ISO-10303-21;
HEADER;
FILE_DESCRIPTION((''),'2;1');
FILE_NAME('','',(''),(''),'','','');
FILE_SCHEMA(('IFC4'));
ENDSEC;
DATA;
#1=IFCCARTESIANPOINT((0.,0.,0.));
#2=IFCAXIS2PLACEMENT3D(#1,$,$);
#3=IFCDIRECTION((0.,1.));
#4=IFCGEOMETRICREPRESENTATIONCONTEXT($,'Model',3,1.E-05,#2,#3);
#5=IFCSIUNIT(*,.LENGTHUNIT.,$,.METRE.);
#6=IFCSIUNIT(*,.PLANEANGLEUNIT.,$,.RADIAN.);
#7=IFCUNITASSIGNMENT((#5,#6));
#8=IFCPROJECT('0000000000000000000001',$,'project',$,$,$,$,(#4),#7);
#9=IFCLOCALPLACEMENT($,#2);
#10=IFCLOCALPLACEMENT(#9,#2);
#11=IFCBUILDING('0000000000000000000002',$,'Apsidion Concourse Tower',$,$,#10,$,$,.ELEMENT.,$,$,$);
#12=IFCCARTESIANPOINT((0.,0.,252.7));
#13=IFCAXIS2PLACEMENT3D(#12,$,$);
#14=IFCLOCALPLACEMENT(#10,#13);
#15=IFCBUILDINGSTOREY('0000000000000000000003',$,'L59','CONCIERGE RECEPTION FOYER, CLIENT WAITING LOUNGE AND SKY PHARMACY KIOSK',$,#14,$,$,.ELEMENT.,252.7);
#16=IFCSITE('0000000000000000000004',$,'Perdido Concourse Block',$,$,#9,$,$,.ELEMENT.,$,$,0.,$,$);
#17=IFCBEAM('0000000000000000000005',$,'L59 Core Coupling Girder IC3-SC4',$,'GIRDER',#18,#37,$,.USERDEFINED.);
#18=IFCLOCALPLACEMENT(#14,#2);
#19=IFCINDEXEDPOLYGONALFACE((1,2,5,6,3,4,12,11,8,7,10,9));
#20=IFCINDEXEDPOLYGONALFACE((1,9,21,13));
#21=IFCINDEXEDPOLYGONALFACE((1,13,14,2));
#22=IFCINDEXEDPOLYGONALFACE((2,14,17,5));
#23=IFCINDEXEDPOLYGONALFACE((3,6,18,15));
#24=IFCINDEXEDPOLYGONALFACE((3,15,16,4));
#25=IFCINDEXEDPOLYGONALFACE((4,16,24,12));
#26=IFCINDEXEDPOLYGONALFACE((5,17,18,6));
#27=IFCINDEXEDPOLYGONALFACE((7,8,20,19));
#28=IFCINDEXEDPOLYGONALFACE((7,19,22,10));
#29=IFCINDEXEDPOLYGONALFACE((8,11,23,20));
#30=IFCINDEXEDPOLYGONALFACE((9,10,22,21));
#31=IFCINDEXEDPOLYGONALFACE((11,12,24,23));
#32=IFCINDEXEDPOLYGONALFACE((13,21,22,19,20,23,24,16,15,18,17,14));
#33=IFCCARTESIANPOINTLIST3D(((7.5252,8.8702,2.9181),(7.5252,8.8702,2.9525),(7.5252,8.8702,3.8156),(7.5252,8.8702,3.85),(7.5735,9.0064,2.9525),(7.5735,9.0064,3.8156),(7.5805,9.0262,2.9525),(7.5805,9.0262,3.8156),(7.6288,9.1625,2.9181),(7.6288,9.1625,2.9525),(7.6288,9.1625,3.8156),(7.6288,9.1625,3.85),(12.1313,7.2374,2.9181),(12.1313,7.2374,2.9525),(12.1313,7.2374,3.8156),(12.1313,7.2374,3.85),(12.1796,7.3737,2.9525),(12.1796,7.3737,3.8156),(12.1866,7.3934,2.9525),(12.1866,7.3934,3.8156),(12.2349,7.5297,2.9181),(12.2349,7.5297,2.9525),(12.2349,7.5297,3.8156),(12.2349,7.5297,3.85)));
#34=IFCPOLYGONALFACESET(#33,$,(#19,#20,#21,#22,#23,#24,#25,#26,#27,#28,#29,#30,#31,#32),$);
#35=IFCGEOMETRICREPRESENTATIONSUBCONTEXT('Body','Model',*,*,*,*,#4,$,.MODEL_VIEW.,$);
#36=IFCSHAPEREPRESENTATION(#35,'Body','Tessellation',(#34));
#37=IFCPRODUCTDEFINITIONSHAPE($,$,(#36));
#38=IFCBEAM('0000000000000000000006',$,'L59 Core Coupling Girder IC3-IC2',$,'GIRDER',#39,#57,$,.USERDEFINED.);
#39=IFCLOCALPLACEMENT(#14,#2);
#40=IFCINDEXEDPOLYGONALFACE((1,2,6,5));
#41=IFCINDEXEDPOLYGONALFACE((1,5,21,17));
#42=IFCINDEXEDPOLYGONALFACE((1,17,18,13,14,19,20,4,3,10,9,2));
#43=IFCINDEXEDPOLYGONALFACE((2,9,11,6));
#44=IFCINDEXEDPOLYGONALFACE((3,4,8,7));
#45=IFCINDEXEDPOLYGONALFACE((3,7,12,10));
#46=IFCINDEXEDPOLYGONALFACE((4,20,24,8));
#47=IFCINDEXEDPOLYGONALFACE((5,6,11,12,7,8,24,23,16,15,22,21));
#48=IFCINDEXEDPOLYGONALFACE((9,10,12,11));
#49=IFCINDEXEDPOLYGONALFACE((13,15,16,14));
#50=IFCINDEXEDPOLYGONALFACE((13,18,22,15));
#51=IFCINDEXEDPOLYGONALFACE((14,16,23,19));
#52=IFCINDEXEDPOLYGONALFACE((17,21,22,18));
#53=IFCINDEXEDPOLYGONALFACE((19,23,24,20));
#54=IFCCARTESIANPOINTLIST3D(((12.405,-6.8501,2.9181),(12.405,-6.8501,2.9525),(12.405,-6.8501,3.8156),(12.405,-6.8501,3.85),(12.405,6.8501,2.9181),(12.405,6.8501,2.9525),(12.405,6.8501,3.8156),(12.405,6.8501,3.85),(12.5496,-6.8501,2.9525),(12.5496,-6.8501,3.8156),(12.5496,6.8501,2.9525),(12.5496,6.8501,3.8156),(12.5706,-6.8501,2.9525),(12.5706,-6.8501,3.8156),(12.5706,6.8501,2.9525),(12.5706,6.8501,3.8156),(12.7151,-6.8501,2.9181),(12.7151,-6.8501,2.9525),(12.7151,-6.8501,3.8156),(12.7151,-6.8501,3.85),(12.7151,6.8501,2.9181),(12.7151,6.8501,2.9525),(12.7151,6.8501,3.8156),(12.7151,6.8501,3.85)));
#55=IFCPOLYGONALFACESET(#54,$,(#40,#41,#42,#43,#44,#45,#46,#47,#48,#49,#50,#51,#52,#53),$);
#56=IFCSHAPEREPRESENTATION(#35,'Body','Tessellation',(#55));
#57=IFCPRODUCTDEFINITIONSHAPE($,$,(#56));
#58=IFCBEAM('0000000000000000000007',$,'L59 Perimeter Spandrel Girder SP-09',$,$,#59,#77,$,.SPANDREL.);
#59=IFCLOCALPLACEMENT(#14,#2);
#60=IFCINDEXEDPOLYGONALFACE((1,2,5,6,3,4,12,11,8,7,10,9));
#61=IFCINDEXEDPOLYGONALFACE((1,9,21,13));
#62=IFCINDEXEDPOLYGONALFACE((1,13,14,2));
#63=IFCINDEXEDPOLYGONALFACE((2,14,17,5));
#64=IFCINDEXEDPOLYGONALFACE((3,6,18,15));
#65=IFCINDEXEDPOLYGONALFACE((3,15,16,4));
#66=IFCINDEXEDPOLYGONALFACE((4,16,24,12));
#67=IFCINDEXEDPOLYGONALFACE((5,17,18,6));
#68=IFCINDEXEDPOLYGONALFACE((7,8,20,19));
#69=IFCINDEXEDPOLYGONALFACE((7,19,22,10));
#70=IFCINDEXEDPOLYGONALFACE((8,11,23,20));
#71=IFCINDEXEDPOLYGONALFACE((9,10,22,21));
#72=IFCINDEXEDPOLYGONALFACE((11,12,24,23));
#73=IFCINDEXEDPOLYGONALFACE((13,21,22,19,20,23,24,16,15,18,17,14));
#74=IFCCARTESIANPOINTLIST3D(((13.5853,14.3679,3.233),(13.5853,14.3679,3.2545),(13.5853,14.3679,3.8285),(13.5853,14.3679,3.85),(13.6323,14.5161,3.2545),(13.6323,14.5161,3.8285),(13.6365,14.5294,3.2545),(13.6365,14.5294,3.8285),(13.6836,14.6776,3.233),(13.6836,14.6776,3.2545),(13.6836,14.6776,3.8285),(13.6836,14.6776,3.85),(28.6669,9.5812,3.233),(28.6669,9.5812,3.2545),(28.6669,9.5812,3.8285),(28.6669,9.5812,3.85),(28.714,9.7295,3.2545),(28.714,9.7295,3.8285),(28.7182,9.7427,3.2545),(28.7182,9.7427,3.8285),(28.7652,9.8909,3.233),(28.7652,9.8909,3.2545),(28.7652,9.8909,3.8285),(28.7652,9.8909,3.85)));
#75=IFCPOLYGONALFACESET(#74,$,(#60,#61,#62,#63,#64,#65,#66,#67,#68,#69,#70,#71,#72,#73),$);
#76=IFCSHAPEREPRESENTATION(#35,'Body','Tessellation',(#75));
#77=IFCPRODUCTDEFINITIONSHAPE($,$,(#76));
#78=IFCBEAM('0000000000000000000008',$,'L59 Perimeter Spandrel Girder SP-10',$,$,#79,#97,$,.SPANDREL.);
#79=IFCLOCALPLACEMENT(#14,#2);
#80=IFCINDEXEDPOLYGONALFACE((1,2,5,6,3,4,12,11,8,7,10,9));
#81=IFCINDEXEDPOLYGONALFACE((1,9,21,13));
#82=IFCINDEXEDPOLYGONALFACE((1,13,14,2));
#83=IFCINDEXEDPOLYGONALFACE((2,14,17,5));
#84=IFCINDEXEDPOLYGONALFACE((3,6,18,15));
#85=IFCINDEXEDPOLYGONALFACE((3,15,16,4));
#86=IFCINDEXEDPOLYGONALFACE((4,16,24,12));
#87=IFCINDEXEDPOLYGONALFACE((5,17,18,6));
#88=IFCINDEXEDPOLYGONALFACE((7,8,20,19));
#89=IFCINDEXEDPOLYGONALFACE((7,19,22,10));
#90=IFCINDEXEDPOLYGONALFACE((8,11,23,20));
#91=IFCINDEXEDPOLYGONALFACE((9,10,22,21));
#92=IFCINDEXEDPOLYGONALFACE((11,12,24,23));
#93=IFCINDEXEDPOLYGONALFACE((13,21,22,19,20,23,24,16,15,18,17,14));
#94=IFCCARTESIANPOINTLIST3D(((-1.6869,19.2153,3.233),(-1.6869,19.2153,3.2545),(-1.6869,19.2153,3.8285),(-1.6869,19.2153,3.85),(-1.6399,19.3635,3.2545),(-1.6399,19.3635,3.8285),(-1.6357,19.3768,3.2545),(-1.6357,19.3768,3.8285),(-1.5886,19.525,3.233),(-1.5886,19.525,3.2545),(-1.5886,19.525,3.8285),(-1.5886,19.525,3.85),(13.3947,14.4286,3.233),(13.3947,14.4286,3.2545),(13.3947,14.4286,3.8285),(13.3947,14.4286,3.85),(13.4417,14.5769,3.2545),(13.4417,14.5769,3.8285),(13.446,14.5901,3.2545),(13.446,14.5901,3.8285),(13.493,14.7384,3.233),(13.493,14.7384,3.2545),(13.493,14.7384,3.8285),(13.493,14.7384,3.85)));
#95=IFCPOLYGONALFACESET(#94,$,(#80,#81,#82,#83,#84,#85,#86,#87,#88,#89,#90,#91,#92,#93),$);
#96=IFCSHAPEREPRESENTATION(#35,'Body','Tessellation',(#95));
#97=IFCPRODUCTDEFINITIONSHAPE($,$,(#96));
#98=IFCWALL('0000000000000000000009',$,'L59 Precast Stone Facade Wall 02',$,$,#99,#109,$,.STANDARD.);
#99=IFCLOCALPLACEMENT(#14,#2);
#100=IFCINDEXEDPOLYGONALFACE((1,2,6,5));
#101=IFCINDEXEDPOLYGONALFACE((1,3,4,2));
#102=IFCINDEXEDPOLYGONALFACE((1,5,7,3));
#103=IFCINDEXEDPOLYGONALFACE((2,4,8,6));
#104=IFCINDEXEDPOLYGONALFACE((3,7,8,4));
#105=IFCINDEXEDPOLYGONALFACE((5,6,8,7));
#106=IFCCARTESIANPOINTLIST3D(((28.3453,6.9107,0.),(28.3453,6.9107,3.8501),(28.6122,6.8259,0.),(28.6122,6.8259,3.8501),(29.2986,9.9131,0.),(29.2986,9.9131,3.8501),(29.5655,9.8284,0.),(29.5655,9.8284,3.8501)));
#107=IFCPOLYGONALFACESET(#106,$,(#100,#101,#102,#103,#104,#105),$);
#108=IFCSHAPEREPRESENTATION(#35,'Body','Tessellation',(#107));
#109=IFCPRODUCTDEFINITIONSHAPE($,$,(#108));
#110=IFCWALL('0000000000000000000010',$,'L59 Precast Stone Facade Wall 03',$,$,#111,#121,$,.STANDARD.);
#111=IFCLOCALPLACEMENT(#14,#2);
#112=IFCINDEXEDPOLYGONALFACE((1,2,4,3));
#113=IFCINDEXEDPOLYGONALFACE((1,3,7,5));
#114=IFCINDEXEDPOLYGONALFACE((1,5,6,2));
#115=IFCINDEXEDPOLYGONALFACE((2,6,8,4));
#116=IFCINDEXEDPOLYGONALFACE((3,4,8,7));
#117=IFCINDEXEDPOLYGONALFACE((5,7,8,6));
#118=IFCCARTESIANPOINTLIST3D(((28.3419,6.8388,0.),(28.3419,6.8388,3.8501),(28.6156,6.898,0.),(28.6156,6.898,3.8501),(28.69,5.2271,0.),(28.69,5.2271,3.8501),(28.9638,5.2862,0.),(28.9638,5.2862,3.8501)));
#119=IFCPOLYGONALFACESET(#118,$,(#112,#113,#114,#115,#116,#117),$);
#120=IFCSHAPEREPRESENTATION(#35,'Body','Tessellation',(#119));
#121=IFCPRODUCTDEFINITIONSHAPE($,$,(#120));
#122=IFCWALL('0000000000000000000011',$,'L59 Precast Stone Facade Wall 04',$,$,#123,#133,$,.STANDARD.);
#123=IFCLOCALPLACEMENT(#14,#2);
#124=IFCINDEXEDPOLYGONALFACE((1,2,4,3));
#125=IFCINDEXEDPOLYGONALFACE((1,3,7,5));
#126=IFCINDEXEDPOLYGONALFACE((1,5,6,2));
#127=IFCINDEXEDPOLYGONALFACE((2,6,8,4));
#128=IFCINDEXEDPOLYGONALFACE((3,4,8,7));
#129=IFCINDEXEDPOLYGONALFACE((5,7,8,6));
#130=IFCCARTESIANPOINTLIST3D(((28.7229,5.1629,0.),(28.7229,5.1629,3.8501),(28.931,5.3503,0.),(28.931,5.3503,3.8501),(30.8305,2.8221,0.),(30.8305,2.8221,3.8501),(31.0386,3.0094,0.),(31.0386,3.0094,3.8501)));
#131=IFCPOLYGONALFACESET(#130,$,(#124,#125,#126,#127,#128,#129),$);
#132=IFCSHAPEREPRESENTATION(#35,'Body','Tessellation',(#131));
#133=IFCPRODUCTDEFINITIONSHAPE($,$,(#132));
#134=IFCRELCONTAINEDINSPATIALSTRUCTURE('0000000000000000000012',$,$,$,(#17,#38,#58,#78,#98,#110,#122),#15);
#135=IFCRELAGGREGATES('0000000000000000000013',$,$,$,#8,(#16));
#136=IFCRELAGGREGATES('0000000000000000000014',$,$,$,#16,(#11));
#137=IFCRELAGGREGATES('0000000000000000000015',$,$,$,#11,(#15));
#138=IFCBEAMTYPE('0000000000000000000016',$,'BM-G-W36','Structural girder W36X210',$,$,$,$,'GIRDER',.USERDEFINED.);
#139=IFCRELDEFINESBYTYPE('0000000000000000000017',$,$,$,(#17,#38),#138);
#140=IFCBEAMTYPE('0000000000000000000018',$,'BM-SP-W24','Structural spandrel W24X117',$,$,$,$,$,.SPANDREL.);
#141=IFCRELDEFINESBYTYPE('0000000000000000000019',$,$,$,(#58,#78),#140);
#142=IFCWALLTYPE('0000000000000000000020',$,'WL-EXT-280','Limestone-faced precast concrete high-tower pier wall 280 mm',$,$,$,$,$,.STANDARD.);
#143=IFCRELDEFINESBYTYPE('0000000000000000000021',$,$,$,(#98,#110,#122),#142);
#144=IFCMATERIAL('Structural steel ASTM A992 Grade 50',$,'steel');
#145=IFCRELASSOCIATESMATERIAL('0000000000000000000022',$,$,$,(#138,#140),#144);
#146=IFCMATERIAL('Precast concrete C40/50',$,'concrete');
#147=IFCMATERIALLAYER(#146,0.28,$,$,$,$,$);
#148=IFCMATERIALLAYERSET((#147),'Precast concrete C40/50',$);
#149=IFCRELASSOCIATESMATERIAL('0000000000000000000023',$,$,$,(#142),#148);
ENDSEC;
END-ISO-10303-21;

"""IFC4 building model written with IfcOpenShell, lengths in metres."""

from ifc_helpers import new_model, si_unit, direction, frame, frame_2d, origin, origin_2d, place, context, subcontext, project, spatial, rectangle, i_section, extrude, material, layer, layer_set, material_profile, profile_set, type_object, element, save


model = new_model("IFC4")

# Units and contexts
model_context = context("Model", 3, precision=1e-05, world=origin(), true_north=direction((0.0, 1.0)))
body_context = subcontext(model_context, "Body", "Model", "MODEL_VIEW")
ifc_project = project(units=[si_unit("LENGTHUNIT", "METRE"), si_unit("PLANEANGLEUNIT", "RADIAN")], contexts=[model_context])

# Site, building, storey
site_placement = place(None, origin())
site = spatial("IfcSite", under=ifc_project, at=site_placement, Name="Perdido Concourse Block", CompositionType="ELEMENT", RefElevation=0.0)
building_placement = place(site_placement, origin())
building = spatial("IfcBuilding", under=site, at=building_placement, Name="Apsidion Concourse Tower", CompositionType="ELEMENT")
storey_placement = place(building_placement, frame((0.0, 0.0, 252.7)))
storey = spatial("IfcBuildingStorey", under=building, at=storey_placement, Name="L59", Description="CONCIERGE RECEPTION FOYER, CLIENT WAITING LOUNGE AND SKY PHARMACY KIOSK", CompositionType="ELEMENT", Elevation=252.7)

# Shared definitions
ifc_material_1 = material(Name="Structural steel ASTM A992 Grade 50", Category="steel")

# Beams
ifc_material_profile_1 = material_profile(ifc_material_1, i_section(OverallWidth=0.3101, OverallDepth=0.9319, WebThickness=0.021, FlangeThickness=0.0344, at=origin_2d()), Name="W36X210")
ifc_profile_set_1 = profile_set([ifc_material_profile_1], Name="Structural steel ASTM A992 Grade 50")
beam_type_1 = type_object("IfcBeamType", Name="BM-G-W36", Description="Structural girder W36X210", ElementType="GIRDER", PredefinedType="USERDEFINED", material=ifc_profile_set_1)
beam_1_placement = place(storey_placement, frame((12.1831, 7.3835, 3.384), z_axis=(-0.942534, 0.334111, 0.0), x_axis=(-0.334111, -0.942534, 0.0)))
element("IfcBeam", 1, at=beam_1_placement, inside=storey, type_object=beam_type_1, Name="L59 Core Coupling Girder IC3-SC4", ObjectType="GIRDER", PredefinedType="USERDEFINED", context=body_context, shape_type="SweptSolid", body=[
    extrude(i_section(OverallWidth=0.3101, OverallDepth=0.9319, WebThickness=0.021, FlangeThickness=0.0344, at=origin_2d()), origin(), (0.0, 0.0, 1.0), 4.887),
])
beam_2_placement = place(storey_placement, frame((12.5601, 6.8501, 3.384), z_axis=(0.0, -1.0, 0.0), x_axis=(1.0, 0.0, 0.0)))
element("IfcBeam", 2, at=beam_2_placement, inside=storey, type_object=beam_type_1, Name="L59 Core Coupling Girder IC3-IC2", ObjectType="GIRDER", PredefinedType="USERDEFINED", context=body_context, shape_type="SweptSolid", body=[
    extrude(i_section(OverallWidth=0.3101, OverallDepth=0.9319, WebThickness=0.021, FlangeThickness=0.0344, at=origin_2d()), origin(), (0.0, 0.0, 1.0), 13.7002),
])
ifc_material_profile_2 = material_profile(ifc_material_1, i_section(OverallWidth=0.325, OverallDepth=0.6169, WebThickness=0.0139, FlangeThickness=0.0215, at=origin_2d()), Name="W24X117")
ifc_profile_set_2 = profile_set([ifc_material_profile_2], Name="Structural steel ASTM A992 Grade 50")
beam_type_2 = type_object("IfcBeamType", Name="BM-SP-W24", Description="Structural spandrel W24X117", PredefinedType="SPANDREL", material=ifc_profile_set_2)
for number, where, z_axis, x_axis, name in (
    (3, (28.7161, 9.7361, 3.5415), (-0.953146, 0.302512, 0.0), (-0.302512, -0.953146, 0.0), "L59 Perimeter Spandrel Girder SP-09"),
    (4, (13.4438, 14.5835, 3.5415), (-0.953146, 0.302512, 0.0), (-0.302512, -0.953146, 0.0), "L59 Perimeter Spandrel Girder SP-10"),
):
    element("IfcBeam", number, at=place(storey_placement, frame(where, z_axis=z_axis, x_axis=x_axis)), inside=storey, type_object=beam_type_2, Name=name, PredefinedType="SPANDREL", context=body_context, shape_type="SweptSolid", body=[
        extrude(i_section(OverallWidth=0.325, OverallDepth=0.6169, WebThickness=0.0139, FlangeThickness=0.0215, at=origin_2d()), origin(), (0.0, 0.0, 1.0), 15.823),
    ])

# Walls
ifc_material_2 = material(Name="Precast concrete C40/50", Category="concrete")
ifc_layer_1 = layer(ifc_material_2, 0.28)
ifc_layer_set_1 = layer_set([ifc_layer_1], Name="Precast concrete C40/50")
wall_type_1 = type_object("IfcWallType", Name="WL-EXT-280", Description="Limestone-faced precast concrete high-tower pier wall 280 mm", PredefinedType="STANDARD", material=ifc_layer_set_1)
wall_1_placement = place(storey_placement, frame((29.4321, 9.8708, 0.0), z_axis=(0.0, 0.0, 1.0), x_axis=(-0.302641, -0.953105, 0.0)))
element("IfcWall", 5, at=wall_1_placement, inside=storey, type_object=wall_type_1, Name="L59 Precast Stone Facade Wall 02", PredefinedType="STANDARD", context=body_context, shape_type="SweptSolid", body=[
    extrude(rectangle(XDim=3.1501, YDim=0.28, at=frame_2d((1.5752, 0.0))), origin(), (0.0, 0.0, 1.0), 3.8501),
])
wall_2_placement = place(storey_placement, frame((28.4788, 6.8684, 0.0), z_axis=(0.0, 0.0, 1.0), x_axis=(0.211126, -0.977459, 0.0)))
element("IfcWall", 6, at=wall_2_placement, inside=storey, type_object=wall_type_1, Name="L59 Precast Stone Facade Wall 03", PredefinedType="STANDARD", context=body_context, shape_type="SweptSolid", body=[
    extrude(rectangle(XDim=1.6489, YDim=0.28, at=frame_2d((0.8245, 0.0))), origin(), (0.0, 0.0, 1.0), 3.8501),
])
wall_3_placement = place(storey_placement, frame((28.8269, 5.2566, 0.0), z_axis=(0.0, 0.0, 1.0), x_axis=(0.669127, -0.743148, 0.0)))
element("IfcWall", 7, at=wall_3_placement, inside=storey, type_object=wall_type_1, Name="L59 Precast Stone Facade Wall 04", PredefinedType="STANDARD", context=body_context, shape_type="SweptSolid", body=[
    extrude(rectangle(XDim=3.1499, YDim=0.28, at=frame_2d((1.575, 0.0))), origin(), (0.0, 0.0, 1.0), 3.8501),
])

save(model, "model.ifc")
